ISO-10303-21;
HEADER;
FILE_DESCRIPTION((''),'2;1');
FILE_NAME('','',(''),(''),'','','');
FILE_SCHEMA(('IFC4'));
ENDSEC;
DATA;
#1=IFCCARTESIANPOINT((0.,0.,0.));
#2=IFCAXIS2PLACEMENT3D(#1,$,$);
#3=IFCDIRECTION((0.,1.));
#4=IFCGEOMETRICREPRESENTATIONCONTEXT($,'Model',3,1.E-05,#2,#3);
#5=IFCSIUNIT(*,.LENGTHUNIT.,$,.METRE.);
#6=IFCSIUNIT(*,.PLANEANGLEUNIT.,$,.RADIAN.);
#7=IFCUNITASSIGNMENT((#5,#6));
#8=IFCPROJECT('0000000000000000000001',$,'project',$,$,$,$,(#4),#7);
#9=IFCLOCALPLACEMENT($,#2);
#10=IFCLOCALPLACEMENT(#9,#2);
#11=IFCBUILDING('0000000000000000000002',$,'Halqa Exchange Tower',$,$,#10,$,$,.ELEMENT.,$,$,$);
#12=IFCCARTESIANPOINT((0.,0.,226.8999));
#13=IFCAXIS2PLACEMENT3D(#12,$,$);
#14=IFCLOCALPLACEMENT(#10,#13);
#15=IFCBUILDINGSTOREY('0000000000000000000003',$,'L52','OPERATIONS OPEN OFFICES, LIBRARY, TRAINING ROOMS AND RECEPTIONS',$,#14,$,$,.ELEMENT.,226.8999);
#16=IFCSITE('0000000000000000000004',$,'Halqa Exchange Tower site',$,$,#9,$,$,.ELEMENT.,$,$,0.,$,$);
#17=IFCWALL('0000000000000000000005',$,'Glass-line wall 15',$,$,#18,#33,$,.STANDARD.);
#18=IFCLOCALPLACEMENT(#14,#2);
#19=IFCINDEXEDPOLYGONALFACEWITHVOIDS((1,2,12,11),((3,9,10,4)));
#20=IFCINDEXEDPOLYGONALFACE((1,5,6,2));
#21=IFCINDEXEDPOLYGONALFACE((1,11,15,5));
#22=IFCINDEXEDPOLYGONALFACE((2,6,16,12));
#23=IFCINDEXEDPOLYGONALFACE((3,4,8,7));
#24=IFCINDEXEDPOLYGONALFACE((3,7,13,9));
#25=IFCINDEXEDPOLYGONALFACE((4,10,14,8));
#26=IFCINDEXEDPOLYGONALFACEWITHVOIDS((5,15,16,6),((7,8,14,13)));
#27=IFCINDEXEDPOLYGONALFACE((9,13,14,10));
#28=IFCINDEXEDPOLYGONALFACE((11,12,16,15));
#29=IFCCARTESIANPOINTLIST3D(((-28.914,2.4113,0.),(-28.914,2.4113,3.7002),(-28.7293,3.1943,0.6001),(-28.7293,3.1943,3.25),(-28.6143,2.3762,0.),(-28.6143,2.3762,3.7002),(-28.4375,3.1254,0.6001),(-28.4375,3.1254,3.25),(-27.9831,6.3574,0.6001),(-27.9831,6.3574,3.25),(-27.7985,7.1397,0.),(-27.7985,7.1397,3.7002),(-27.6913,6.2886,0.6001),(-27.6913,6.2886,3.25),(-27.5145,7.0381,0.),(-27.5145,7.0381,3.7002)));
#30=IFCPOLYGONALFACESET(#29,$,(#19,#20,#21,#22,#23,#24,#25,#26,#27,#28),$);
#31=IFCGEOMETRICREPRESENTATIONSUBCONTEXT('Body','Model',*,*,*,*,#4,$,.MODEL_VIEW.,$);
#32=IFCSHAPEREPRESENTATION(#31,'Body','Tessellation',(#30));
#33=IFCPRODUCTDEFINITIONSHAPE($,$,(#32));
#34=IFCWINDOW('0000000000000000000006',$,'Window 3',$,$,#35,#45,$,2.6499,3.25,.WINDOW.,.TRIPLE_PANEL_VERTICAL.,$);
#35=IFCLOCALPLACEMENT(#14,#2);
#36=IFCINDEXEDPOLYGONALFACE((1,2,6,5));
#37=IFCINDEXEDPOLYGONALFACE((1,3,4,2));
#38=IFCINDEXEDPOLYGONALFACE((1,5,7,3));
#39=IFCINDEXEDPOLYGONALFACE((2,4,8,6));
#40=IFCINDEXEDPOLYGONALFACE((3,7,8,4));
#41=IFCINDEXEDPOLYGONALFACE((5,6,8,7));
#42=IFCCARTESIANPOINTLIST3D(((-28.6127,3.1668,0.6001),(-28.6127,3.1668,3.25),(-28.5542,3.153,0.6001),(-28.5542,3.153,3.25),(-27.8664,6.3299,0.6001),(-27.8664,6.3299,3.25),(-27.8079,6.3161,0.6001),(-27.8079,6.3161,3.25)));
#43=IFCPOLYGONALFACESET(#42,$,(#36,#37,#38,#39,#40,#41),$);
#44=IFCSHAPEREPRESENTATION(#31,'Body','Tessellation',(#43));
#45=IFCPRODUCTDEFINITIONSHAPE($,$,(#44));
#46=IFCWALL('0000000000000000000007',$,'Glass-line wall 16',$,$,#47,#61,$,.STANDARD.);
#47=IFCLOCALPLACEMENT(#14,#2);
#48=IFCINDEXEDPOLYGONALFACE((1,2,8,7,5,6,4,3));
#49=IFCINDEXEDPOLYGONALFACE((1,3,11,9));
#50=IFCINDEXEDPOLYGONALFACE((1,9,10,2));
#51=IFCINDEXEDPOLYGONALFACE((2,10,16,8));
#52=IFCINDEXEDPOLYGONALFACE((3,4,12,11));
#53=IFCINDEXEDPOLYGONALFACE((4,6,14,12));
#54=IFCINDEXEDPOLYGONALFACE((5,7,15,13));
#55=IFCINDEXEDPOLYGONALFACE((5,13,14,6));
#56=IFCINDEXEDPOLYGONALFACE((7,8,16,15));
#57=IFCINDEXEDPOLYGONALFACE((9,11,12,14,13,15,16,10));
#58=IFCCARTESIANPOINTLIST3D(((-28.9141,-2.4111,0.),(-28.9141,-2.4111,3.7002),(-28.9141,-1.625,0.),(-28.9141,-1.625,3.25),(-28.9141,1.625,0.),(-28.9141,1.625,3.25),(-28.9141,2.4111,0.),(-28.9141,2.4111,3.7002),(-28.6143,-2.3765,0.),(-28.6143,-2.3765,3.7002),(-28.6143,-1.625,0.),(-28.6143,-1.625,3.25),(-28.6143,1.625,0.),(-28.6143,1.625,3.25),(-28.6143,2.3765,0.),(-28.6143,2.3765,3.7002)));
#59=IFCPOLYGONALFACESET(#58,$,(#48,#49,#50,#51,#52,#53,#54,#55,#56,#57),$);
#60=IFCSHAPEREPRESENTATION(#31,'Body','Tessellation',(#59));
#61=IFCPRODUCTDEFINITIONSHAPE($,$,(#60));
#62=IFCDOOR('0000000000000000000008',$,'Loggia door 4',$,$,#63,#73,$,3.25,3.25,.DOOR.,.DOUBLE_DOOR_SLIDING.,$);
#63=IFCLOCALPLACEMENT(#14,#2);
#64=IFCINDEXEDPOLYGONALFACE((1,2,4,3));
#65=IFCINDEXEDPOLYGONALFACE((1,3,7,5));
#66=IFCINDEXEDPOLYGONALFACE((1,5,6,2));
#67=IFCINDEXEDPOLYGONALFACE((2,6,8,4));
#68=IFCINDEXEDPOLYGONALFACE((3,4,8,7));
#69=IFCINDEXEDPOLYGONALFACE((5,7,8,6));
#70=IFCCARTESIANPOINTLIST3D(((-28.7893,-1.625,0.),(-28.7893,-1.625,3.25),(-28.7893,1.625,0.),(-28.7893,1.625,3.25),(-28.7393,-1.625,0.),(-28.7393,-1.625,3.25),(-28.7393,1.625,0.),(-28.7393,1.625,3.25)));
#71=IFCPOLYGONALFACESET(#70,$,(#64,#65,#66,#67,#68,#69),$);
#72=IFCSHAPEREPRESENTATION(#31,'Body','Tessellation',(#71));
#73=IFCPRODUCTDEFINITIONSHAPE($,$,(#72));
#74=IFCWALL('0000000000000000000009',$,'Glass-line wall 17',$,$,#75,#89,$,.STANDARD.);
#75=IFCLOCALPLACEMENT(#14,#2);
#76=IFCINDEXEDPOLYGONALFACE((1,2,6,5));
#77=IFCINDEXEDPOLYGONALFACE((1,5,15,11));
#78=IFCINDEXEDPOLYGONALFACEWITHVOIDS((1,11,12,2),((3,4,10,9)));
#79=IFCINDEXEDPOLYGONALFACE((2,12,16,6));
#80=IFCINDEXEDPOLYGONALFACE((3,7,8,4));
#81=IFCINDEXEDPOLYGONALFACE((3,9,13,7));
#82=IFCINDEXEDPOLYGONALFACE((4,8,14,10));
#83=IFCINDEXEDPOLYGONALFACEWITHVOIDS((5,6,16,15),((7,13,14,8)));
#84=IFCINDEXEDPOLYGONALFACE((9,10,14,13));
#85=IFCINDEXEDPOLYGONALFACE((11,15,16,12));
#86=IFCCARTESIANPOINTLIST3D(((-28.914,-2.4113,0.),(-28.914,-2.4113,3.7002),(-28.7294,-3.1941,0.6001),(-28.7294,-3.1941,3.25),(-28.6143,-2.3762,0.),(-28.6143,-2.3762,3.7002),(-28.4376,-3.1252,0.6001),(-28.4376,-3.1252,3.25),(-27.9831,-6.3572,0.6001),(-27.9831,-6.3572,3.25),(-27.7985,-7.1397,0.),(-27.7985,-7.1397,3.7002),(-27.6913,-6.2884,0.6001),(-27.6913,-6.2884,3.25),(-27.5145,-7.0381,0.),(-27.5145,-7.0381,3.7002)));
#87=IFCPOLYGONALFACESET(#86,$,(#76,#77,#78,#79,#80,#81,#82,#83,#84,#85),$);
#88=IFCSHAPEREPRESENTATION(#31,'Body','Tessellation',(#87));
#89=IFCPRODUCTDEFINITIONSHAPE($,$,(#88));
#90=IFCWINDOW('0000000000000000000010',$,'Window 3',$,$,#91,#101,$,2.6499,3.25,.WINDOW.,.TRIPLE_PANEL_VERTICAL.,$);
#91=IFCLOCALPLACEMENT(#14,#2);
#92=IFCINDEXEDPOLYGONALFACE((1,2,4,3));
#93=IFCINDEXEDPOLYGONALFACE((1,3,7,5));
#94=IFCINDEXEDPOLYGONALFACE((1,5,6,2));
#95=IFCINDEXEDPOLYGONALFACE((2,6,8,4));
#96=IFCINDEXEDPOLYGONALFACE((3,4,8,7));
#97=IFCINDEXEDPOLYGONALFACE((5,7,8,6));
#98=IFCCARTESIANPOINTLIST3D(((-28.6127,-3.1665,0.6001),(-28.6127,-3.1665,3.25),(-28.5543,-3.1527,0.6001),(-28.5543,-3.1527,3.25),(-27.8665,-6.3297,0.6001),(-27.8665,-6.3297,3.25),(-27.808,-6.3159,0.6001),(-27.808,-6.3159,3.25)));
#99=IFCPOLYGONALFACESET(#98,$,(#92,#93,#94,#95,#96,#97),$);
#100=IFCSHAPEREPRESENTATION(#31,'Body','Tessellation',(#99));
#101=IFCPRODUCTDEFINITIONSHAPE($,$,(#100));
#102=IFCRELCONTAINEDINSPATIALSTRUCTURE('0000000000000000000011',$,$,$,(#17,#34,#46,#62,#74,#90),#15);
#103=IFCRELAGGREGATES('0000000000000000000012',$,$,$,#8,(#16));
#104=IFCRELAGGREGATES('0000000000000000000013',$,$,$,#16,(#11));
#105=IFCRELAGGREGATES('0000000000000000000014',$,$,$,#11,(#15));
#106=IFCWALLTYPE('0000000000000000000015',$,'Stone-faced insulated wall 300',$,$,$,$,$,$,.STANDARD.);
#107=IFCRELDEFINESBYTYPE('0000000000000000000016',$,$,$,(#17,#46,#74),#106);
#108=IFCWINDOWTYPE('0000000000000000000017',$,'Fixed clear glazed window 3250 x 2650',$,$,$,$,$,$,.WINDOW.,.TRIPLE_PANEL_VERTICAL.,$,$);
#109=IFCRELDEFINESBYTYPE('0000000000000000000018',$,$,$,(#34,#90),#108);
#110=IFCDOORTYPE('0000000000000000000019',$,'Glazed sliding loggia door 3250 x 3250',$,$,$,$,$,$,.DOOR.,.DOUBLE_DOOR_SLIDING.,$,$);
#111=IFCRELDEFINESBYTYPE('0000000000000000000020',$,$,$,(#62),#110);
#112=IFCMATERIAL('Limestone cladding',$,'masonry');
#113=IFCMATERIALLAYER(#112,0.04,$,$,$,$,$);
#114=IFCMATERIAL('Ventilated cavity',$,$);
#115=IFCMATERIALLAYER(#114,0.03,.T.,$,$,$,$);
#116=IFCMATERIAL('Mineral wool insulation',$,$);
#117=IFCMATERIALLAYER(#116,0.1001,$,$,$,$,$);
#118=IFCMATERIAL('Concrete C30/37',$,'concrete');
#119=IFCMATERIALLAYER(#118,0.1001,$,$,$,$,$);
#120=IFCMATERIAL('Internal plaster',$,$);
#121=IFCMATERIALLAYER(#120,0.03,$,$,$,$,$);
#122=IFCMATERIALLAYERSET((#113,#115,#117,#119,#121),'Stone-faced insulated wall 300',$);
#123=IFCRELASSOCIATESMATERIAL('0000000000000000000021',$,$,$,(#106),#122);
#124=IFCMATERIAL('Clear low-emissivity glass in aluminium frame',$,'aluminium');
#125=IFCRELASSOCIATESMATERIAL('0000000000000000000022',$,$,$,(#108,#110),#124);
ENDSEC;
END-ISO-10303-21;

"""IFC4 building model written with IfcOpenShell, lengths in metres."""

from ifc_helpers import new_model, si_unit, direction, frame, frame_2d, origin, place, context, subcontext, project, spatial, polyline, rectangle, outline, extrude, material, layer, layer_set, type_object, element, fill, save


model = new_model("IFC4")

# Units and contexts
model_context = context("Model", 3, precision=1e-05, world=origin(), true_north=direction((0.0, 1.0)))
body_context = subcontext(model_context, "Body", "Model", "MODEL_VIEW")
ifc_project = project(units=[si_unit("LENGTHUNIT", "METRE"), si_unit("PLANEANGLEUNIT", "RADIAN")], contexts=[model_context])

# Site, building, storey
site_placement = place(None, origin())
site = spatial("IfcSite", under=ifc_project, at=site_placement, Name="Halqa Exchange Tower site", CompositionType="ELEMENT", RefElevation=0.0)
building_placement = place(site_placement, origin())
building = spatial("IfcBuilding", under=site, at=building_placement, Name="Halqa Exchange Tower", CompositionType="ELEMENT")
storey_placement = place(building_placement, frame((0.0, 0.0, 226.8999)))
storey = spatial("IfcBuildingStorey", under=building, at=storey_placement, Name="L52", Description="OPERATIONS OPEN OFFICES, LIBRARY, TRAINING ROOMS AND RECEPTIONS", CompositionType="ELEMENT", Elevation=226.8999)

# Wall, opening, window
ifc_material_1 = material(Name="Limestone cladding", Category="masonry")
ifc_layer_1 = layer(ifc_material_1, 0.04)
ifc_material_2 = material(Name="Ventilated cavity")
ifc_layer_2 = layer(ifc_material_2, 0.03, ventilated=True)
ifc_material_3 = material(Name="Mineral wool insulation")
ifc_layer_3 = layer(ifc_material_3, 0.1001)
ifc_material_4 = material(Name="Concrete C30/37", Category="concrete")
ifc_layer_4 = layer(ifc_material_4, 0.1001)
ifc_material_5 = material(Name="Internal plaster")
ifc_layer_5 = layer(ifc_material_5, 0.03)
ifc_layer_set_1 = layer_set([ifc_layer_1, ifc_layer_2, ifc_layer_3, ifc_layer_4, ifc_layer_5], Name="Stone-faced insulated wall 300")
wall_type_1 = type_object("IfcWallType", Name="Stone-faced insulated wall 300", PredefinedType="STANDARD", material=ifc_layer_set_1)
ifc_material_6 = material(Name="Clear low-emissivity glass in aluminium frame", Category="aluminium")
window_type = type_object("IfcWindowType", Name="Fixed clear glazed window 3250 x 2650", PartitioningType="TRIPLE_PANEL_VERTICAL", PredefinedType="WINDOW", material=ifc_material_6)
wall_1_placement = place(storey_placement, frame((-27.6565, 7.0889, 0.0), z_axis=(0.0, 0.0, 1.0), x_axis=(-0.229618, -0.973281, 0.0)))
wall_1 = element("IfcWall", 1, at=wall_1_placement, inside=storey, type_object=wall_type_1, Name="Glass-line wall 15", PredefinedType="STANDARD", context=body_context, shape_type="SweptSolid", body=[
    extrude(outline(polyline([(-0.0168, -0.1499), (4.8413, -0.1499), (4.8066, 0.1499), (0.0168, 0.1499), (-0.0168, -0.1499)])), origin(), (0.0, 0.0, 1.0), 3.7002),
])
opening_1_placement = place(wall_1_placement, frame((0.7869, 0.0, 0.6001)))
opening_1 = element("IfcOpeningElement", 2, at=opening_1_placement, cuts=wall_1, PredefinedType="OPENING", context=body_context, shape_type="SweptSolid", body=[
    extrude(rectangle(XDim=3.25, YDim=2.6499, at=frame_2d((1.625, 1.325))), frame((0.0, 0.1621, 0.0), z_axis=(0.0, -1.0, 0.0), x_axis=(1.0, 0.0, 0.0)), (0.0, 0.0, 1.0), 0.324),
])
window_1_placement = place(opening_1_placement, origin())
window_1 = element("IfcWindow", 3, at=window_1_placement, inside=storey, type_object=window_type, Name="Window 3", OverallHeight=2.6499, OverallWidth=3.25, PartitioningType="TRIPLE_PANEL_VERTICAL", PredefinedType="WINDOW", context=body_context, shape_type="SweptSolid", body=[
    extrude(rectangle(XDim=3.25, YDim=2.6499, at=frame_2d((1.625, 1.325))), frame((0.0, 0.03, 0.0), z_axis=(0.0, -1.0, 0.0), x_axis=(1.0, 0.0, 0.0)), (0.0, 0.0, 1.0), 0.0601),
])
fill(opening_1, window_1)

# Wall, opening, door
wall_2_placement = place(storey_placement, frame((-28.7642, 2.3938, 0.0), z_axis=(0.0, 0.0, 1.0), x_axis=(0.0, -1.0, 0.0)))
wall_2 = element("IfcWall", 4, at=wall_2_placement, inside=storey, type_object=wall_type_1, Name="Glass-line wall 16", PredefinedType="STANDARD", context=body_context, shape_type="SweptSolid", body=[
    extrude(outline(polyline([(-0.0173, -0.1499), (4.8049, -0.1499), (4.7703, 0.1499), (0.0173, 0.1499), (-0.0173, -0.1499)])), origin(), (0.0, 0.0, 1.0), 3.7002),
])
opening_2_placement = place(wall_2_placement, frame((0.7688, 0.0, 0.0)))
opening_2 = element("IfcOpeningElement", 5, at=opening_2_placement, cuts=wall_2, PredefinedType="OPENING", context=body_context, shape_type="SweptSolid", body=[
    extrude(rectangle(XDim=3.25, YDim=3.25, at=frame_2d((1.625, 1.625))), frame((0.0, 0.1621, 0.0), z_axis=(0.0, -1.0, 0.0), x_axis=(1.0, 0.0, 0.0)), (0.0, 0.0, 1.0), 0.324),
])
door_type_1 = type_object("IfcDoorType", Name="Glazed sliding loggia door 3250 x 3250", OperationType="DOUBLE_DOOR_SLIDING", PredefinedType="DOOR", material=ifc_material_6)
door_1_placement = place(opening_2_placement, origin())
door_1 = element("IfcDoor", 6, at=door_1_placement, inside=storey, type_object=door_type_1, Name="Loggia door 4", OperationType="DOUBLE_DOOR_SLIDING", OverallHeight=3.25, OverallWidth=3.25, PredefinedType="DOOR", context=body_context, shape_type="SweptSolid", body=[
    extrude(rectangle(XDim=3.25, YDim=3.25, at=frame_2d((1.625, 1.625))), frame((0.0, 0.0249, 0.0), z_axis=(0.0, -1.0, 0.0), x_axis=(1.0, 0.0, 0.0)), (0.0, 0.0, 1.0), 0.05),
])
fill(opening_2, door_1)

# Wall, opening, window
wall_3_placement = place(storey_placement, frame((-28.7642, -2.3938, 0.0), z_axis=(0.0, 0.0, 1.0), x_axis=(0.229618, -0.973281, 0.0)))
wall_3 = element("IfcWall", 7, at=wall_3_placement, inside=storey, type_object=wall_type_1, Name="Glass-line wall 17", PredefinedType="STANDARD", context=body_context, shape_type="SweptSolid", body=[
    extrude(outline(polyline([(-0.0173, -0.1499), (4.8408, -0.1499), (4.8071, 0.1499), (0.0173, 0.1499), (-0.0173, -0.1499)])), origin(), (0.0, 0.0, 1.0), 3.7002),
])
opening_3_placement = place(wall_3_placement, frame((0.7869, 0.0, 0.6001)))
opening_3 = element("IfcOpeningElement", 8, at=opening_3_placement, cuts=wall_3, PredefinedType="OPENING", context=body_context, shape_type="SweptSolid", body=[
    extrude(rectangle(XDim=3.25, YDim=2.6499, at=frame_2d((1.625, 1.325))), frame((0.0, 0.1621, 0.0), z_axis=(0.0, -1.0, 0.0), x_axis=(1.0, 0.0, 0.0)), (0.0, 0.0, 1.0), 0.324),
])
window_2_placement = place(opening_3_placement, origin())
window_2 = element("IfcWindow", 9, at=window_2_placement, inside=storey, type_object=window_type, Name="Window 3", OverallHeight=2.6499, OverallWidth=3.25, PartitioningType="TRIPLE_PANEL_VERTICAL", PredefinedType="WINDOW", context=body_context, shape_type="SweptSolid", body=[
    extrude(rectangle(XDim=3.25, YDim=2.6499, at=frame_2d((1.625, 1.325))), frame((0.0, 0.03, 0.0), z_axis=(0.0, -1.0, 0.0), x_axis=(1.0, 0.0, 0.0)), (0.0, 0.0, 1.0), 0.0601),
])
fill(opening_3, window_2)

save(model, "model.ifc")
